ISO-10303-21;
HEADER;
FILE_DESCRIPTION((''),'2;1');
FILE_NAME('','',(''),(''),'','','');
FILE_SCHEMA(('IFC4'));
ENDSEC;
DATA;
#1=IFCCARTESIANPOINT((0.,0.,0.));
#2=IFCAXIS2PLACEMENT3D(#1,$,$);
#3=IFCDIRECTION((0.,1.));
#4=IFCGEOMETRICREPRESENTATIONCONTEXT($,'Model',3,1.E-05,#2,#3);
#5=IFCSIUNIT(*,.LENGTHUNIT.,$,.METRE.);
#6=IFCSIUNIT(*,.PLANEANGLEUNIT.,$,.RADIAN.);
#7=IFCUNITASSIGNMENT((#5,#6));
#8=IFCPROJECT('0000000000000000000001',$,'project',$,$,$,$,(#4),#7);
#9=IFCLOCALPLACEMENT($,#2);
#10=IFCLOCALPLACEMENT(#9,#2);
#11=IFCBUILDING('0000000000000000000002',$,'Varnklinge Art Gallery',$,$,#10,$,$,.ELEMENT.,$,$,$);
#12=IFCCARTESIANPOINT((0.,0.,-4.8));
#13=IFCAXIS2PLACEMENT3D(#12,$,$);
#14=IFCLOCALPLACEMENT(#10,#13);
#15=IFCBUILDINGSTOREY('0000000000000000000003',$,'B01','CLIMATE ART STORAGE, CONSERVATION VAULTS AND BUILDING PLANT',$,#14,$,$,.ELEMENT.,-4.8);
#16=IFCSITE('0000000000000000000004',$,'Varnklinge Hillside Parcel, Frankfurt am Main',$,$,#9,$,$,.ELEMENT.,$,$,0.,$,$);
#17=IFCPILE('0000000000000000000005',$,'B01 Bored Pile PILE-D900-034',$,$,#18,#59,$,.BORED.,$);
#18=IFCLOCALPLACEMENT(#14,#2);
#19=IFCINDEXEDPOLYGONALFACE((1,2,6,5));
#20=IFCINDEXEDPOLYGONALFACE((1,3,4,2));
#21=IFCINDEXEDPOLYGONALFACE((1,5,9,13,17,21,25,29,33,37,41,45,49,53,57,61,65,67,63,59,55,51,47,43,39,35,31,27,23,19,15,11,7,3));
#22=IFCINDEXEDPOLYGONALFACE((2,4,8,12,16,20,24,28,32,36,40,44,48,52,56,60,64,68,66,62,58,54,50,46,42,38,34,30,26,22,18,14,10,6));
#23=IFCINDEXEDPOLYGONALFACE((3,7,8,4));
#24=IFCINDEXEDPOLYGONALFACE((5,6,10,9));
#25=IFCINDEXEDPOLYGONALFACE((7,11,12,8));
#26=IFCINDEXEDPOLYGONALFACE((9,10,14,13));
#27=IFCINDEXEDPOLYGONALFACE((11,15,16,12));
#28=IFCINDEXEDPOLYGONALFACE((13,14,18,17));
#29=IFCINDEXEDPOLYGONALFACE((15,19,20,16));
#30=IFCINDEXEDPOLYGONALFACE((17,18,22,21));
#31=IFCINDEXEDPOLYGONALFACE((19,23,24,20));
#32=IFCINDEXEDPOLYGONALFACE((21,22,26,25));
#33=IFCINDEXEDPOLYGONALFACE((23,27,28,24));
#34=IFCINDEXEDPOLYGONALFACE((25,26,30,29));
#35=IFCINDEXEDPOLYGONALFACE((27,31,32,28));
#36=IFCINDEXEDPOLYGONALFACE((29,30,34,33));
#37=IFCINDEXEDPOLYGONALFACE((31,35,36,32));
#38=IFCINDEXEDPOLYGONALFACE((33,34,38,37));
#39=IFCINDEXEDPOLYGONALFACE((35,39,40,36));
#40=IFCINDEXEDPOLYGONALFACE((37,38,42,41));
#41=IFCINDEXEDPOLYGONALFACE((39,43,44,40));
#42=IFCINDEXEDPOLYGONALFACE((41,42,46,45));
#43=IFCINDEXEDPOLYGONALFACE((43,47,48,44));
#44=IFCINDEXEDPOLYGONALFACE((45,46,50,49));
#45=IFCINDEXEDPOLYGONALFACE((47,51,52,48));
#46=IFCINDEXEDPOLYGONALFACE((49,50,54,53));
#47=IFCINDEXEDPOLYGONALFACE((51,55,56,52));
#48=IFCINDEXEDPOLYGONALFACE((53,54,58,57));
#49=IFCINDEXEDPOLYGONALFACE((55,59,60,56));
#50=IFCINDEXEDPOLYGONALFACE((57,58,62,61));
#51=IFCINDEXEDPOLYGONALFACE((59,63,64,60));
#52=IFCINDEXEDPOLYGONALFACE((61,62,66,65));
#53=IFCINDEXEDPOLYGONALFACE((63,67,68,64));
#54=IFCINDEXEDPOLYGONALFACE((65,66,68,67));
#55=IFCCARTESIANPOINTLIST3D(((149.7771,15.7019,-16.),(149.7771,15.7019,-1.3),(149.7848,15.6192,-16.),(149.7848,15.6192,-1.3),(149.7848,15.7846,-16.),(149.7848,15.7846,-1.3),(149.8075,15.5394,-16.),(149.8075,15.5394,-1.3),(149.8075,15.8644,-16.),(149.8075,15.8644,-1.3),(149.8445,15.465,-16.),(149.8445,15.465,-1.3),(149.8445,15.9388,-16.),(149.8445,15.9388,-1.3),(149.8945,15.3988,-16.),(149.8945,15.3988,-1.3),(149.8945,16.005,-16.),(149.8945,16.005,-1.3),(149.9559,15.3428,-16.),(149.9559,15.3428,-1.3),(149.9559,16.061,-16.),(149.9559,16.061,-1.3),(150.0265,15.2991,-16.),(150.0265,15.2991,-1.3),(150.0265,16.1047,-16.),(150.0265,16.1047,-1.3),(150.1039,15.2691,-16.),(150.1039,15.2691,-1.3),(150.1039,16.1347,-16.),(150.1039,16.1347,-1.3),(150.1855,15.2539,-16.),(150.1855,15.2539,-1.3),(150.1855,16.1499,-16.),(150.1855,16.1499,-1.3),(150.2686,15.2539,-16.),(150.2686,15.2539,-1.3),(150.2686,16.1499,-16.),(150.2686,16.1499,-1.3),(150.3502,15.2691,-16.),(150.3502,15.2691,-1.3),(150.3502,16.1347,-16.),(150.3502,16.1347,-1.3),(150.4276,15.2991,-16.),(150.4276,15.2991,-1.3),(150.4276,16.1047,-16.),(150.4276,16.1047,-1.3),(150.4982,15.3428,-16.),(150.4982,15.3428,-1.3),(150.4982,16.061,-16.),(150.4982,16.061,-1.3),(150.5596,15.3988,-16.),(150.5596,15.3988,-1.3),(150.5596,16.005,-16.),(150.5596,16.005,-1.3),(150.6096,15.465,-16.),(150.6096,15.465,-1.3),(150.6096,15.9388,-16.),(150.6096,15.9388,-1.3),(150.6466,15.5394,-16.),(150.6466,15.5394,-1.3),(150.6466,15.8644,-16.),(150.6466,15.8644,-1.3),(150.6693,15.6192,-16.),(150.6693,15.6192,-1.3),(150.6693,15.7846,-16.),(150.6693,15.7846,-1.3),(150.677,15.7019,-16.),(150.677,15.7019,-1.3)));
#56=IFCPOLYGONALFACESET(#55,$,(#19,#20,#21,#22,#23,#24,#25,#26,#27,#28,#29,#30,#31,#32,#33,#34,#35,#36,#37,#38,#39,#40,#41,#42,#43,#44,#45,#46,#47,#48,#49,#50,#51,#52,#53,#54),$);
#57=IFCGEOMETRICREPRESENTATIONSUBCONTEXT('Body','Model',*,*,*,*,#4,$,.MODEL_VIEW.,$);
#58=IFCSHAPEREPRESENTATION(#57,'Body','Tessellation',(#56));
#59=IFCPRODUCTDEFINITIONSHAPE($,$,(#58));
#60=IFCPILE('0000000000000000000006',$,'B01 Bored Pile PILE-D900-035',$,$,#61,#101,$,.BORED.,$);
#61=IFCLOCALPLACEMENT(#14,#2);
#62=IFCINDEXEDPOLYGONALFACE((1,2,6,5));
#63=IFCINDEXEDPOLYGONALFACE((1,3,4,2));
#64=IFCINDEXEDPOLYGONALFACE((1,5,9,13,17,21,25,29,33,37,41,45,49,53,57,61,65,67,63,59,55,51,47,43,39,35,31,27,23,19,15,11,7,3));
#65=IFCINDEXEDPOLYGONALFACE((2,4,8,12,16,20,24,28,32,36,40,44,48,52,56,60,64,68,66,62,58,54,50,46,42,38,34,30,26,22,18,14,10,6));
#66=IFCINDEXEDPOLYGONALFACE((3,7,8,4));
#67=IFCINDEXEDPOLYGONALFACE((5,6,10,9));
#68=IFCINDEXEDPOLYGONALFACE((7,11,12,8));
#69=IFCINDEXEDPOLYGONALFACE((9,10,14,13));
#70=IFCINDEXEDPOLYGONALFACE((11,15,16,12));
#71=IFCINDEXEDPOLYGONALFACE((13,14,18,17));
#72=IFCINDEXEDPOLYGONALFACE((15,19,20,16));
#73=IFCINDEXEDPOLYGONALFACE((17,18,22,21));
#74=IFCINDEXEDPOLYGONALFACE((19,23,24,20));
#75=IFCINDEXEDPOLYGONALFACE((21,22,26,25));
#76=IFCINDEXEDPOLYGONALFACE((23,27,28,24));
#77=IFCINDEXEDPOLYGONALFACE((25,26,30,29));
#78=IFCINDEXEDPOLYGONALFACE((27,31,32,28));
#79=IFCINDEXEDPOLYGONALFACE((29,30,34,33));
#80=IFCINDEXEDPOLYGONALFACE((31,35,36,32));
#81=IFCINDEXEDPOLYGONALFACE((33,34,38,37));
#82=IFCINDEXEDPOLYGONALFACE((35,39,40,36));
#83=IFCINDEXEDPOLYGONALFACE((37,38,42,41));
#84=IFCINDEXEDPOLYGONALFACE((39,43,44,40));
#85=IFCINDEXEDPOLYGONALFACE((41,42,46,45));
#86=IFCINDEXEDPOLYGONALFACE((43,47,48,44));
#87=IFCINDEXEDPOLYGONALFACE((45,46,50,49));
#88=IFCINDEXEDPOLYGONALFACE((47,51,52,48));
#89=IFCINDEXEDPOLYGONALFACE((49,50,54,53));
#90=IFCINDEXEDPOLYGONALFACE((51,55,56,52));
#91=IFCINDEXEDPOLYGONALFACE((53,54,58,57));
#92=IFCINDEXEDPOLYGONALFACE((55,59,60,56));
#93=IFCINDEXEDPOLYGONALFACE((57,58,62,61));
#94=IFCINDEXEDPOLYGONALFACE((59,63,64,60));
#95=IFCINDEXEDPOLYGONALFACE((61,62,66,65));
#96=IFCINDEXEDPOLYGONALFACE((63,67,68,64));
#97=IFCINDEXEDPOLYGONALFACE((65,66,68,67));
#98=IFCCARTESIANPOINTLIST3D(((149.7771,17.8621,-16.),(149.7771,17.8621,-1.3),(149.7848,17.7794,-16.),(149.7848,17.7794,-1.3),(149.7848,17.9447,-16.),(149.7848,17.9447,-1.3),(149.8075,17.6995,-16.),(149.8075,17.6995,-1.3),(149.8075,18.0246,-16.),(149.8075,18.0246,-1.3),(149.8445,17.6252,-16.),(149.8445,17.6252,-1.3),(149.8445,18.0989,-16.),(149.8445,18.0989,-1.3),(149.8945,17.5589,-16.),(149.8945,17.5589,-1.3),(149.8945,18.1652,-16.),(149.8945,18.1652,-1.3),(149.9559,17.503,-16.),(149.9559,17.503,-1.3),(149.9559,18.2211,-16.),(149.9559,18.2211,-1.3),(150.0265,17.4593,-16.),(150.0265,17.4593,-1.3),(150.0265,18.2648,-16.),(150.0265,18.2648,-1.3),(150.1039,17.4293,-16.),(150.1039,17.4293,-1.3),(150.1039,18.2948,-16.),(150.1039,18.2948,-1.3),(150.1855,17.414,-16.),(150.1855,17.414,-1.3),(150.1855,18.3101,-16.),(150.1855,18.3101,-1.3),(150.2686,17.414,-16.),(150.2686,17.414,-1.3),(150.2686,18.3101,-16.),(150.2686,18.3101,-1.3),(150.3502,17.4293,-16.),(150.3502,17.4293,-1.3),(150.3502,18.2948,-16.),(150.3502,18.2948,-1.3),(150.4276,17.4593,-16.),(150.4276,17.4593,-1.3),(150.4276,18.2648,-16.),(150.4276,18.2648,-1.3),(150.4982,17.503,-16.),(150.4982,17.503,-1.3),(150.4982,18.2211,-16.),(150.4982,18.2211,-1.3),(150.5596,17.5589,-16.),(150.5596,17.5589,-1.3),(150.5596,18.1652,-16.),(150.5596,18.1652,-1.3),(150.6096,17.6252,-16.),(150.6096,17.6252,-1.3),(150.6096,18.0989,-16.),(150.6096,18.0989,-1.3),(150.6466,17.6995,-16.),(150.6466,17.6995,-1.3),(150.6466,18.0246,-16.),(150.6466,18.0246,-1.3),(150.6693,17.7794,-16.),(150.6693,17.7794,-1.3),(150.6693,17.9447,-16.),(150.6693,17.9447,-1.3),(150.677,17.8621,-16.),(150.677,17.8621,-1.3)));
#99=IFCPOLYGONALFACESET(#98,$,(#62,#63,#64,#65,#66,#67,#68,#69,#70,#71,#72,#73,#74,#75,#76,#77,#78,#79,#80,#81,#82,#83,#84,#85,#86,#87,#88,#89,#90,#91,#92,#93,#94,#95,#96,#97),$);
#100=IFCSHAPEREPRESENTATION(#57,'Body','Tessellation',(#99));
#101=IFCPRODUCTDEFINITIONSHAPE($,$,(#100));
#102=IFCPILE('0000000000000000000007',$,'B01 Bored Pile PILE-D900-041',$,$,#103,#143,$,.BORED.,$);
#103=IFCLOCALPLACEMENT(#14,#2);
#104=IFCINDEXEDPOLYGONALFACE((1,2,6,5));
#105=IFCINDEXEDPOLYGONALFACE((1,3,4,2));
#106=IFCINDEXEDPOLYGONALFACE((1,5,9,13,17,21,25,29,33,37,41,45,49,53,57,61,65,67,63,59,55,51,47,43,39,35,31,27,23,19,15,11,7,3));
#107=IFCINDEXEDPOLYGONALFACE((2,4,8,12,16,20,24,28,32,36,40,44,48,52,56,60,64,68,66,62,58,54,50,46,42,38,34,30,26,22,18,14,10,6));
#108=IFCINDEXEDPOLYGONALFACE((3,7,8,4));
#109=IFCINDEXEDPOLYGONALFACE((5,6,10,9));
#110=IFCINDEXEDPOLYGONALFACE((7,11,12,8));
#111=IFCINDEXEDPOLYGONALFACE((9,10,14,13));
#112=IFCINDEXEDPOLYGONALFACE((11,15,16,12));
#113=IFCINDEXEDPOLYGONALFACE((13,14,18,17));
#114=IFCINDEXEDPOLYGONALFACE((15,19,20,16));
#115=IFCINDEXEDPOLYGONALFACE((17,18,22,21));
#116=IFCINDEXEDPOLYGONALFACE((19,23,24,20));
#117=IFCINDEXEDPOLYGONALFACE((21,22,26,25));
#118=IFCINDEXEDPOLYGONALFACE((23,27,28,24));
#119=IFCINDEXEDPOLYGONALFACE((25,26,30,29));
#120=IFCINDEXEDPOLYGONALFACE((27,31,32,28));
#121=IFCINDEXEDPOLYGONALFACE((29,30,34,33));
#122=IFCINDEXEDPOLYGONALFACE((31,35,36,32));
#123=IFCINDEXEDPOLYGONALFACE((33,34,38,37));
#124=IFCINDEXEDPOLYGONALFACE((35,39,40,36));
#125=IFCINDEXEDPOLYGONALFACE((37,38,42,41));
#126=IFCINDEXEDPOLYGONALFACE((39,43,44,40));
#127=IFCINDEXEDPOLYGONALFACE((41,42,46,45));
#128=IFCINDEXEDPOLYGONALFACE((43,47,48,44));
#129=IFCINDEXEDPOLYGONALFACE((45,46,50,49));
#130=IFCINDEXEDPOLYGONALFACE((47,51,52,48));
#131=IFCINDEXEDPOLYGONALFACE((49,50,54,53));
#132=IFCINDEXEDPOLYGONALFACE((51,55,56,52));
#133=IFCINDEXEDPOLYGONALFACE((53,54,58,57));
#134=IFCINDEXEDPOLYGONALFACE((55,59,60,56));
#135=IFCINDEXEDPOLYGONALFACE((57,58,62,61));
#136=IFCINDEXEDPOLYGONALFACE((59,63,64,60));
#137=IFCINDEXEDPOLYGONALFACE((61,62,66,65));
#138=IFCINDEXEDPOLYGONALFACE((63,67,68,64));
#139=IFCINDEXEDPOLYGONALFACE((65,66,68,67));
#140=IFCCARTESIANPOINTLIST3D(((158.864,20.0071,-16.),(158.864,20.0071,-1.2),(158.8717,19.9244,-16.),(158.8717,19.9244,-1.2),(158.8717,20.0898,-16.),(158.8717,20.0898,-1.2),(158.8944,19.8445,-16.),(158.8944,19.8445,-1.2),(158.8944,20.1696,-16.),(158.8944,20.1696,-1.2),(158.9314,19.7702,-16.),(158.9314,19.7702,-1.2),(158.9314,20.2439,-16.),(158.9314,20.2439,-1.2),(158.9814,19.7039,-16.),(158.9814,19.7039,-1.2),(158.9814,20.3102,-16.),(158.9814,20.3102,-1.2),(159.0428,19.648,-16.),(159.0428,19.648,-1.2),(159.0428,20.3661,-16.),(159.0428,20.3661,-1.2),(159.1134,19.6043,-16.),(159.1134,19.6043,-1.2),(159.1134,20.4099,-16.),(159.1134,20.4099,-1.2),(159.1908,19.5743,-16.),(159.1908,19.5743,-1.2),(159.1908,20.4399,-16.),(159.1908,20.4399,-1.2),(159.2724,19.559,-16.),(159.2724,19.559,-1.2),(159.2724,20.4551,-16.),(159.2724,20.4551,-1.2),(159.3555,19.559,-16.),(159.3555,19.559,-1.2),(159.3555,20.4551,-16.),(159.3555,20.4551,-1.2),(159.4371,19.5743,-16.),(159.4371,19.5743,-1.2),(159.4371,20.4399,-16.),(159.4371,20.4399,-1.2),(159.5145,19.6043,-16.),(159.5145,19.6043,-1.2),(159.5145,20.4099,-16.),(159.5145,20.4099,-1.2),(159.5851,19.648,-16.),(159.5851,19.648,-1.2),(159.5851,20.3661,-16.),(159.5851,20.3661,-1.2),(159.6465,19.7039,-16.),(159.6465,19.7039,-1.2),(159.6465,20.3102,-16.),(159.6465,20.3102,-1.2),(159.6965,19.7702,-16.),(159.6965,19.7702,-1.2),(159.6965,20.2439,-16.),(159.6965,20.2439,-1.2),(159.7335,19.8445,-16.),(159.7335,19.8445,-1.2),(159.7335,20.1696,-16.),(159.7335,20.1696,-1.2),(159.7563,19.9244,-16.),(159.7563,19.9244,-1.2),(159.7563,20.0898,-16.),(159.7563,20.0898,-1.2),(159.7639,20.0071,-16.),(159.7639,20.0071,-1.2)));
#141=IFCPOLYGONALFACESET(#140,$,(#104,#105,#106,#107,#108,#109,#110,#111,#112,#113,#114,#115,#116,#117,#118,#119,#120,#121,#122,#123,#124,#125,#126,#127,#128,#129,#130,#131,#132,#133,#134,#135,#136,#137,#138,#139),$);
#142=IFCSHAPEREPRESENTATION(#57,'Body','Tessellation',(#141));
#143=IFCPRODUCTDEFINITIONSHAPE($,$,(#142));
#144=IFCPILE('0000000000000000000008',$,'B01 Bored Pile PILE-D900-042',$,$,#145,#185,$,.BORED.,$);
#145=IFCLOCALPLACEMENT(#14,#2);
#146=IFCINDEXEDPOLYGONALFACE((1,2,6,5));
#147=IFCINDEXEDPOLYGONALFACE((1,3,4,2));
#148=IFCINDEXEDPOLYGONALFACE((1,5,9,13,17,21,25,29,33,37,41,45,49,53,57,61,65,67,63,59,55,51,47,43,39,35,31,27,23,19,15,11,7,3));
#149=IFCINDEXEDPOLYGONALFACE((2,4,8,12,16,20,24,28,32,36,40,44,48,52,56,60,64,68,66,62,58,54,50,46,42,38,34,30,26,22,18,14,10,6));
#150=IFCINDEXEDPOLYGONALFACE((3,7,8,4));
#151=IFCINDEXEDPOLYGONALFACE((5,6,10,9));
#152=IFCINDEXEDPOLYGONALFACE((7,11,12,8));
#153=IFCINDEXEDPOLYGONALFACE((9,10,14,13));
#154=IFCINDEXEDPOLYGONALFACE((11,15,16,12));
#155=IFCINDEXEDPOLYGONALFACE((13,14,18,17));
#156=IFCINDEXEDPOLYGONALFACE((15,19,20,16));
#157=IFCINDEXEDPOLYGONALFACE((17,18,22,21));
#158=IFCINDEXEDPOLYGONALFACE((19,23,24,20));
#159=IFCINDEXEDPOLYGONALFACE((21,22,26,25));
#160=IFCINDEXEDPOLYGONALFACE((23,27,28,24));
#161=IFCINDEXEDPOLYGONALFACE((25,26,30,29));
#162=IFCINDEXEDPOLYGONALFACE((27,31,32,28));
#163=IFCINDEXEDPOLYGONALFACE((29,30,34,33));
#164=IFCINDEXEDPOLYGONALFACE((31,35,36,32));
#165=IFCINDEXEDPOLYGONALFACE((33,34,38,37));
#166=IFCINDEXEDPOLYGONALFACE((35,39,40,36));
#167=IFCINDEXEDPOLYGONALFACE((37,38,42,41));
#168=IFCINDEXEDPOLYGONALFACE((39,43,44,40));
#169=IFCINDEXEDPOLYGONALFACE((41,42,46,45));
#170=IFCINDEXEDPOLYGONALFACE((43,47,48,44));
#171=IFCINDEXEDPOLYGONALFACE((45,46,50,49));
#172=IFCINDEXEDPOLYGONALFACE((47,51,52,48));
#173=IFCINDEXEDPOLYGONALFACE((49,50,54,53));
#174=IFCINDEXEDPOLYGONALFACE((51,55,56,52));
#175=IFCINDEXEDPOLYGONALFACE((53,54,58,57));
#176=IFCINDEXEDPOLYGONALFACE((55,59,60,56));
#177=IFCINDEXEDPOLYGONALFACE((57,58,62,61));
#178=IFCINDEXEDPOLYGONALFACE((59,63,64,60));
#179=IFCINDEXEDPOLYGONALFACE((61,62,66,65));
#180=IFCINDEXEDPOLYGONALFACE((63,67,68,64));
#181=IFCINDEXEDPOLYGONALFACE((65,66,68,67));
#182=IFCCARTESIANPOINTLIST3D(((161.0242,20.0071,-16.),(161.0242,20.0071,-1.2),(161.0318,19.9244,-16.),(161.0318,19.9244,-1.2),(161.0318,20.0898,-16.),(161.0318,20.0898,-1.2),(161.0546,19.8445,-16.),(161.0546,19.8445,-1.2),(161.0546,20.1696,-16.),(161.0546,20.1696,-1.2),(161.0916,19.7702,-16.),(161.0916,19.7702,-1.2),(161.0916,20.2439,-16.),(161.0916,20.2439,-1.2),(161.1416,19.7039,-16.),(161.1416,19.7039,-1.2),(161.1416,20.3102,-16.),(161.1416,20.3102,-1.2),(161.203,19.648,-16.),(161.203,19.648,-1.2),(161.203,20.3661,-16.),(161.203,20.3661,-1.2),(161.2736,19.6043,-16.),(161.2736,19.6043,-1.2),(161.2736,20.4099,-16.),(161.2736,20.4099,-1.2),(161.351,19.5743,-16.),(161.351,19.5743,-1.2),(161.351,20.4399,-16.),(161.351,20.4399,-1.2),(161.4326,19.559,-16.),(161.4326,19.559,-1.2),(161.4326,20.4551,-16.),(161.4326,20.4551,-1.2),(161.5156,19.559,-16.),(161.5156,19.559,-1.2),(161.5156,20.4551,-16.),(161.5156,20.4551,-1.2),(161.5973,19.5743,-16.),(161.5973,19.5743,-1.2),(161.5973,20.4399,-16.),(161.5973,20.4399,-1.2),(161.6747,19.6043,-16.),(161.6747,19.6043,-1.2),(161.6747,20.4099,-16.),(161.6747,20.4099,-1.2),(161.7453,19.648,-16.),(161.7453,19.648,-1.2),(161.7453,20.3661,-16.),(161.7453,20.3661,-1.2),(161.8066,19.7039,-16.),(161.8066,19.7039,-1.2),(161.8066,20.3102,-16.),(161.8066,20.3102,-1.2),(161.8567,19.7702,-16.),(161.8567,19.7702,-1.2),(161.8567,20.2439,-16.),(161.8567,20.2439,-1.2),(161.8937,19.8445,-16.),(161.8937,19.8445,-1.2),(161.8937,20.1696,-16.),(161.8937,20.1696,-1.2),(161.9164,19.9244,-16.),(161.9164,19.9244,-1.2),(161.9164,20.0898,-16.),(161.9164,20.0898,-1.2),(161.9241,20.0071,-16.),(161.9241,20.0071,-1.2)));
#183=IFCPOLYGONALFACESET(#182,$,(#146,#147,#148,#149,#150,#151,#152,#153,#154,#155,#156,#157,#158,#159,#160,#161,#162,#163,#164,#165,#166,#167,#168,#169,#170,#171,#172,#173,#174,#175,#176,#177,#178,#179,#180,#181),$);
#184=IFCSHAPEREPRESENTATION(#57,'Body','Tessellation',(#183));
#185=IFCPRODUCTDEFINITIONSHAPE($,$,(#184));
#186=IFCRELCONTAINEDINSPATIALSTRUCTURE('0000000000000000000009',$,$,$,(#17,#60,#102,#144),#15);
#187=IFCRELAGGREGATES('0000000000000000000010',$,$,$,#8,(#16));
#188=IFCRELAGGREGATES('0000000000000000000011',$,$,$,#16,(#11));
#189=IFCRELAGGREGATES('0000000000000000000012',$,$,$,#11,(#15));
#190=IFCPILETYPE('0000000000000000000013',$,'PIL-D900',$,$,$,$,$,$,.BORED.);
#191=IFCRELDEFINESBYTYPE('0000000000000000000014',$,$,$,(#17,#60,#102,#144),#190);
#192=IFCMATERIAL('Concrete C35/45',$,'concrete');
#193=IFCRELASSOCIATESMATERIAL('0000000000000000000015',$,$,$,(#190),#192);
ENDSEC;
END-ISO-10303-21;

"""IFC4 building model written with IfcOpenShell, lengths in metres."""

from ifc_helpers import new_model, si_unit, direction, frame, origin, origin_2d, place, context, subcontext, project, spatial, circle, extrude, material, material_profile, profile_set, type_object, element, save


model = new_model("IFC4")

# Units and contexts
model_context = context("Model", 3, precision=1e-05, world=origin(), true_north=direction((0.0, 1.0)))
body_context = subcontext(model_context, "Body", "Model", "MODEL_VIEW")
ifc_project = project(units=[si_unit("LENGTHUNIT", "METRE"), si_unit("PLANEANGLEUNIT", "RADIAN")], contexts=[model_context])

# Site, building, storey
site_placement = place(None, origin())
site = spatial("IfcSite", under=ifc_project, at=site_placement, Name="Varnklinge Hillside Parcel, Frankfurt am Main", CompositionType="ELEMENT", RefElevation=0.0)
building_placement = place(site_placement, origin())
building = spatial("IfcBuilding", under=site, at=building_placement, Name="Varnklinge Art Gallery", CompositionType="ELEMENT")
storey_placement = place(building_placement, frame((0.0, 0.0, -4.8)))
storey = spatial("IfcBuildingStorey", under=building, at=storey_placement, Name="B01", Description="CLIMATE ART STORAGE, CONSERVATION VAULTS AND BUILDING PLANT", CompositionType="ELEMENT", Elevation=-4.8)

# Piles
ifc_material_1 = material(Name="Concrete C35/45", Category="concrete")
ifc_material_profile_1 = material_profile(ifc_material_1, circle(Radius=0.45, at=origin_2d()), Name="PILE D900")
ifc_profile_set_1 = profile_set([ifc_material_profile_1], Name="Concrete C35/45")
pile_type = type_object("IfcPileType", Name="PIL-D900", PredefinedType="BORED", material=ifc_profile_set_1)
for number, where, z_axis, x_axis, name in (
    (1, (150.2271, 15.7019, -1.3), (0.0, 0.0, -1.0), (1.0, 0.0, 0.0), "B01 Bored Pile PILE-D900-034"),
    (2, (150.2271, 17.8621, -1.3), (0.0, 0.0, -1.0), (1.0, 0.0, 0.0), "B01 Bored Pile PILE-D900-035"),
):
    element("IfcPile", number, at=place(storey_placement, frame(where, z_axis=z_axis, x_axis=x_axis)), inside=storey, type_object=pile_type, Name=name, PredefinedType="BORED", context=body_context, shape_type="SweptSolid", body=[
        extrude(circle(Radius=0.45, at=origin_2d()), origin(), (0.0, 0.0, 1.0), 14.7),
    ])
for number, where, z_axis, x_axis, name in (
    (3, (159.314, 20.0071, -1.2), (0.0, 0.0, -1.0), (1.0, 0.0, 0.0), "B01 Bored Pile PILE-D900-041"),
    (4, (161.4741, 20.0071, -1.2), (0.0, 0.0, -1.0), (1.0, 0.0, 0.0), "B01 Bored Pile PILE-D900-042"),
):
    element("IfcPile", number, at=place(storey_placement, frame(where, z_axis=z_axis, x_axis=x_axis)), inside=storey, type_object=pile_type, Name=name, PredefinedType="BORED", context=body_context, shape_type="SweptSolid", body=[
        extrude(circle(Radius=0.45, at=origin_2d()), origin(), (0.0, 0.0, 1.0), 14.8),
    ])

save(model, "model.ifc")
